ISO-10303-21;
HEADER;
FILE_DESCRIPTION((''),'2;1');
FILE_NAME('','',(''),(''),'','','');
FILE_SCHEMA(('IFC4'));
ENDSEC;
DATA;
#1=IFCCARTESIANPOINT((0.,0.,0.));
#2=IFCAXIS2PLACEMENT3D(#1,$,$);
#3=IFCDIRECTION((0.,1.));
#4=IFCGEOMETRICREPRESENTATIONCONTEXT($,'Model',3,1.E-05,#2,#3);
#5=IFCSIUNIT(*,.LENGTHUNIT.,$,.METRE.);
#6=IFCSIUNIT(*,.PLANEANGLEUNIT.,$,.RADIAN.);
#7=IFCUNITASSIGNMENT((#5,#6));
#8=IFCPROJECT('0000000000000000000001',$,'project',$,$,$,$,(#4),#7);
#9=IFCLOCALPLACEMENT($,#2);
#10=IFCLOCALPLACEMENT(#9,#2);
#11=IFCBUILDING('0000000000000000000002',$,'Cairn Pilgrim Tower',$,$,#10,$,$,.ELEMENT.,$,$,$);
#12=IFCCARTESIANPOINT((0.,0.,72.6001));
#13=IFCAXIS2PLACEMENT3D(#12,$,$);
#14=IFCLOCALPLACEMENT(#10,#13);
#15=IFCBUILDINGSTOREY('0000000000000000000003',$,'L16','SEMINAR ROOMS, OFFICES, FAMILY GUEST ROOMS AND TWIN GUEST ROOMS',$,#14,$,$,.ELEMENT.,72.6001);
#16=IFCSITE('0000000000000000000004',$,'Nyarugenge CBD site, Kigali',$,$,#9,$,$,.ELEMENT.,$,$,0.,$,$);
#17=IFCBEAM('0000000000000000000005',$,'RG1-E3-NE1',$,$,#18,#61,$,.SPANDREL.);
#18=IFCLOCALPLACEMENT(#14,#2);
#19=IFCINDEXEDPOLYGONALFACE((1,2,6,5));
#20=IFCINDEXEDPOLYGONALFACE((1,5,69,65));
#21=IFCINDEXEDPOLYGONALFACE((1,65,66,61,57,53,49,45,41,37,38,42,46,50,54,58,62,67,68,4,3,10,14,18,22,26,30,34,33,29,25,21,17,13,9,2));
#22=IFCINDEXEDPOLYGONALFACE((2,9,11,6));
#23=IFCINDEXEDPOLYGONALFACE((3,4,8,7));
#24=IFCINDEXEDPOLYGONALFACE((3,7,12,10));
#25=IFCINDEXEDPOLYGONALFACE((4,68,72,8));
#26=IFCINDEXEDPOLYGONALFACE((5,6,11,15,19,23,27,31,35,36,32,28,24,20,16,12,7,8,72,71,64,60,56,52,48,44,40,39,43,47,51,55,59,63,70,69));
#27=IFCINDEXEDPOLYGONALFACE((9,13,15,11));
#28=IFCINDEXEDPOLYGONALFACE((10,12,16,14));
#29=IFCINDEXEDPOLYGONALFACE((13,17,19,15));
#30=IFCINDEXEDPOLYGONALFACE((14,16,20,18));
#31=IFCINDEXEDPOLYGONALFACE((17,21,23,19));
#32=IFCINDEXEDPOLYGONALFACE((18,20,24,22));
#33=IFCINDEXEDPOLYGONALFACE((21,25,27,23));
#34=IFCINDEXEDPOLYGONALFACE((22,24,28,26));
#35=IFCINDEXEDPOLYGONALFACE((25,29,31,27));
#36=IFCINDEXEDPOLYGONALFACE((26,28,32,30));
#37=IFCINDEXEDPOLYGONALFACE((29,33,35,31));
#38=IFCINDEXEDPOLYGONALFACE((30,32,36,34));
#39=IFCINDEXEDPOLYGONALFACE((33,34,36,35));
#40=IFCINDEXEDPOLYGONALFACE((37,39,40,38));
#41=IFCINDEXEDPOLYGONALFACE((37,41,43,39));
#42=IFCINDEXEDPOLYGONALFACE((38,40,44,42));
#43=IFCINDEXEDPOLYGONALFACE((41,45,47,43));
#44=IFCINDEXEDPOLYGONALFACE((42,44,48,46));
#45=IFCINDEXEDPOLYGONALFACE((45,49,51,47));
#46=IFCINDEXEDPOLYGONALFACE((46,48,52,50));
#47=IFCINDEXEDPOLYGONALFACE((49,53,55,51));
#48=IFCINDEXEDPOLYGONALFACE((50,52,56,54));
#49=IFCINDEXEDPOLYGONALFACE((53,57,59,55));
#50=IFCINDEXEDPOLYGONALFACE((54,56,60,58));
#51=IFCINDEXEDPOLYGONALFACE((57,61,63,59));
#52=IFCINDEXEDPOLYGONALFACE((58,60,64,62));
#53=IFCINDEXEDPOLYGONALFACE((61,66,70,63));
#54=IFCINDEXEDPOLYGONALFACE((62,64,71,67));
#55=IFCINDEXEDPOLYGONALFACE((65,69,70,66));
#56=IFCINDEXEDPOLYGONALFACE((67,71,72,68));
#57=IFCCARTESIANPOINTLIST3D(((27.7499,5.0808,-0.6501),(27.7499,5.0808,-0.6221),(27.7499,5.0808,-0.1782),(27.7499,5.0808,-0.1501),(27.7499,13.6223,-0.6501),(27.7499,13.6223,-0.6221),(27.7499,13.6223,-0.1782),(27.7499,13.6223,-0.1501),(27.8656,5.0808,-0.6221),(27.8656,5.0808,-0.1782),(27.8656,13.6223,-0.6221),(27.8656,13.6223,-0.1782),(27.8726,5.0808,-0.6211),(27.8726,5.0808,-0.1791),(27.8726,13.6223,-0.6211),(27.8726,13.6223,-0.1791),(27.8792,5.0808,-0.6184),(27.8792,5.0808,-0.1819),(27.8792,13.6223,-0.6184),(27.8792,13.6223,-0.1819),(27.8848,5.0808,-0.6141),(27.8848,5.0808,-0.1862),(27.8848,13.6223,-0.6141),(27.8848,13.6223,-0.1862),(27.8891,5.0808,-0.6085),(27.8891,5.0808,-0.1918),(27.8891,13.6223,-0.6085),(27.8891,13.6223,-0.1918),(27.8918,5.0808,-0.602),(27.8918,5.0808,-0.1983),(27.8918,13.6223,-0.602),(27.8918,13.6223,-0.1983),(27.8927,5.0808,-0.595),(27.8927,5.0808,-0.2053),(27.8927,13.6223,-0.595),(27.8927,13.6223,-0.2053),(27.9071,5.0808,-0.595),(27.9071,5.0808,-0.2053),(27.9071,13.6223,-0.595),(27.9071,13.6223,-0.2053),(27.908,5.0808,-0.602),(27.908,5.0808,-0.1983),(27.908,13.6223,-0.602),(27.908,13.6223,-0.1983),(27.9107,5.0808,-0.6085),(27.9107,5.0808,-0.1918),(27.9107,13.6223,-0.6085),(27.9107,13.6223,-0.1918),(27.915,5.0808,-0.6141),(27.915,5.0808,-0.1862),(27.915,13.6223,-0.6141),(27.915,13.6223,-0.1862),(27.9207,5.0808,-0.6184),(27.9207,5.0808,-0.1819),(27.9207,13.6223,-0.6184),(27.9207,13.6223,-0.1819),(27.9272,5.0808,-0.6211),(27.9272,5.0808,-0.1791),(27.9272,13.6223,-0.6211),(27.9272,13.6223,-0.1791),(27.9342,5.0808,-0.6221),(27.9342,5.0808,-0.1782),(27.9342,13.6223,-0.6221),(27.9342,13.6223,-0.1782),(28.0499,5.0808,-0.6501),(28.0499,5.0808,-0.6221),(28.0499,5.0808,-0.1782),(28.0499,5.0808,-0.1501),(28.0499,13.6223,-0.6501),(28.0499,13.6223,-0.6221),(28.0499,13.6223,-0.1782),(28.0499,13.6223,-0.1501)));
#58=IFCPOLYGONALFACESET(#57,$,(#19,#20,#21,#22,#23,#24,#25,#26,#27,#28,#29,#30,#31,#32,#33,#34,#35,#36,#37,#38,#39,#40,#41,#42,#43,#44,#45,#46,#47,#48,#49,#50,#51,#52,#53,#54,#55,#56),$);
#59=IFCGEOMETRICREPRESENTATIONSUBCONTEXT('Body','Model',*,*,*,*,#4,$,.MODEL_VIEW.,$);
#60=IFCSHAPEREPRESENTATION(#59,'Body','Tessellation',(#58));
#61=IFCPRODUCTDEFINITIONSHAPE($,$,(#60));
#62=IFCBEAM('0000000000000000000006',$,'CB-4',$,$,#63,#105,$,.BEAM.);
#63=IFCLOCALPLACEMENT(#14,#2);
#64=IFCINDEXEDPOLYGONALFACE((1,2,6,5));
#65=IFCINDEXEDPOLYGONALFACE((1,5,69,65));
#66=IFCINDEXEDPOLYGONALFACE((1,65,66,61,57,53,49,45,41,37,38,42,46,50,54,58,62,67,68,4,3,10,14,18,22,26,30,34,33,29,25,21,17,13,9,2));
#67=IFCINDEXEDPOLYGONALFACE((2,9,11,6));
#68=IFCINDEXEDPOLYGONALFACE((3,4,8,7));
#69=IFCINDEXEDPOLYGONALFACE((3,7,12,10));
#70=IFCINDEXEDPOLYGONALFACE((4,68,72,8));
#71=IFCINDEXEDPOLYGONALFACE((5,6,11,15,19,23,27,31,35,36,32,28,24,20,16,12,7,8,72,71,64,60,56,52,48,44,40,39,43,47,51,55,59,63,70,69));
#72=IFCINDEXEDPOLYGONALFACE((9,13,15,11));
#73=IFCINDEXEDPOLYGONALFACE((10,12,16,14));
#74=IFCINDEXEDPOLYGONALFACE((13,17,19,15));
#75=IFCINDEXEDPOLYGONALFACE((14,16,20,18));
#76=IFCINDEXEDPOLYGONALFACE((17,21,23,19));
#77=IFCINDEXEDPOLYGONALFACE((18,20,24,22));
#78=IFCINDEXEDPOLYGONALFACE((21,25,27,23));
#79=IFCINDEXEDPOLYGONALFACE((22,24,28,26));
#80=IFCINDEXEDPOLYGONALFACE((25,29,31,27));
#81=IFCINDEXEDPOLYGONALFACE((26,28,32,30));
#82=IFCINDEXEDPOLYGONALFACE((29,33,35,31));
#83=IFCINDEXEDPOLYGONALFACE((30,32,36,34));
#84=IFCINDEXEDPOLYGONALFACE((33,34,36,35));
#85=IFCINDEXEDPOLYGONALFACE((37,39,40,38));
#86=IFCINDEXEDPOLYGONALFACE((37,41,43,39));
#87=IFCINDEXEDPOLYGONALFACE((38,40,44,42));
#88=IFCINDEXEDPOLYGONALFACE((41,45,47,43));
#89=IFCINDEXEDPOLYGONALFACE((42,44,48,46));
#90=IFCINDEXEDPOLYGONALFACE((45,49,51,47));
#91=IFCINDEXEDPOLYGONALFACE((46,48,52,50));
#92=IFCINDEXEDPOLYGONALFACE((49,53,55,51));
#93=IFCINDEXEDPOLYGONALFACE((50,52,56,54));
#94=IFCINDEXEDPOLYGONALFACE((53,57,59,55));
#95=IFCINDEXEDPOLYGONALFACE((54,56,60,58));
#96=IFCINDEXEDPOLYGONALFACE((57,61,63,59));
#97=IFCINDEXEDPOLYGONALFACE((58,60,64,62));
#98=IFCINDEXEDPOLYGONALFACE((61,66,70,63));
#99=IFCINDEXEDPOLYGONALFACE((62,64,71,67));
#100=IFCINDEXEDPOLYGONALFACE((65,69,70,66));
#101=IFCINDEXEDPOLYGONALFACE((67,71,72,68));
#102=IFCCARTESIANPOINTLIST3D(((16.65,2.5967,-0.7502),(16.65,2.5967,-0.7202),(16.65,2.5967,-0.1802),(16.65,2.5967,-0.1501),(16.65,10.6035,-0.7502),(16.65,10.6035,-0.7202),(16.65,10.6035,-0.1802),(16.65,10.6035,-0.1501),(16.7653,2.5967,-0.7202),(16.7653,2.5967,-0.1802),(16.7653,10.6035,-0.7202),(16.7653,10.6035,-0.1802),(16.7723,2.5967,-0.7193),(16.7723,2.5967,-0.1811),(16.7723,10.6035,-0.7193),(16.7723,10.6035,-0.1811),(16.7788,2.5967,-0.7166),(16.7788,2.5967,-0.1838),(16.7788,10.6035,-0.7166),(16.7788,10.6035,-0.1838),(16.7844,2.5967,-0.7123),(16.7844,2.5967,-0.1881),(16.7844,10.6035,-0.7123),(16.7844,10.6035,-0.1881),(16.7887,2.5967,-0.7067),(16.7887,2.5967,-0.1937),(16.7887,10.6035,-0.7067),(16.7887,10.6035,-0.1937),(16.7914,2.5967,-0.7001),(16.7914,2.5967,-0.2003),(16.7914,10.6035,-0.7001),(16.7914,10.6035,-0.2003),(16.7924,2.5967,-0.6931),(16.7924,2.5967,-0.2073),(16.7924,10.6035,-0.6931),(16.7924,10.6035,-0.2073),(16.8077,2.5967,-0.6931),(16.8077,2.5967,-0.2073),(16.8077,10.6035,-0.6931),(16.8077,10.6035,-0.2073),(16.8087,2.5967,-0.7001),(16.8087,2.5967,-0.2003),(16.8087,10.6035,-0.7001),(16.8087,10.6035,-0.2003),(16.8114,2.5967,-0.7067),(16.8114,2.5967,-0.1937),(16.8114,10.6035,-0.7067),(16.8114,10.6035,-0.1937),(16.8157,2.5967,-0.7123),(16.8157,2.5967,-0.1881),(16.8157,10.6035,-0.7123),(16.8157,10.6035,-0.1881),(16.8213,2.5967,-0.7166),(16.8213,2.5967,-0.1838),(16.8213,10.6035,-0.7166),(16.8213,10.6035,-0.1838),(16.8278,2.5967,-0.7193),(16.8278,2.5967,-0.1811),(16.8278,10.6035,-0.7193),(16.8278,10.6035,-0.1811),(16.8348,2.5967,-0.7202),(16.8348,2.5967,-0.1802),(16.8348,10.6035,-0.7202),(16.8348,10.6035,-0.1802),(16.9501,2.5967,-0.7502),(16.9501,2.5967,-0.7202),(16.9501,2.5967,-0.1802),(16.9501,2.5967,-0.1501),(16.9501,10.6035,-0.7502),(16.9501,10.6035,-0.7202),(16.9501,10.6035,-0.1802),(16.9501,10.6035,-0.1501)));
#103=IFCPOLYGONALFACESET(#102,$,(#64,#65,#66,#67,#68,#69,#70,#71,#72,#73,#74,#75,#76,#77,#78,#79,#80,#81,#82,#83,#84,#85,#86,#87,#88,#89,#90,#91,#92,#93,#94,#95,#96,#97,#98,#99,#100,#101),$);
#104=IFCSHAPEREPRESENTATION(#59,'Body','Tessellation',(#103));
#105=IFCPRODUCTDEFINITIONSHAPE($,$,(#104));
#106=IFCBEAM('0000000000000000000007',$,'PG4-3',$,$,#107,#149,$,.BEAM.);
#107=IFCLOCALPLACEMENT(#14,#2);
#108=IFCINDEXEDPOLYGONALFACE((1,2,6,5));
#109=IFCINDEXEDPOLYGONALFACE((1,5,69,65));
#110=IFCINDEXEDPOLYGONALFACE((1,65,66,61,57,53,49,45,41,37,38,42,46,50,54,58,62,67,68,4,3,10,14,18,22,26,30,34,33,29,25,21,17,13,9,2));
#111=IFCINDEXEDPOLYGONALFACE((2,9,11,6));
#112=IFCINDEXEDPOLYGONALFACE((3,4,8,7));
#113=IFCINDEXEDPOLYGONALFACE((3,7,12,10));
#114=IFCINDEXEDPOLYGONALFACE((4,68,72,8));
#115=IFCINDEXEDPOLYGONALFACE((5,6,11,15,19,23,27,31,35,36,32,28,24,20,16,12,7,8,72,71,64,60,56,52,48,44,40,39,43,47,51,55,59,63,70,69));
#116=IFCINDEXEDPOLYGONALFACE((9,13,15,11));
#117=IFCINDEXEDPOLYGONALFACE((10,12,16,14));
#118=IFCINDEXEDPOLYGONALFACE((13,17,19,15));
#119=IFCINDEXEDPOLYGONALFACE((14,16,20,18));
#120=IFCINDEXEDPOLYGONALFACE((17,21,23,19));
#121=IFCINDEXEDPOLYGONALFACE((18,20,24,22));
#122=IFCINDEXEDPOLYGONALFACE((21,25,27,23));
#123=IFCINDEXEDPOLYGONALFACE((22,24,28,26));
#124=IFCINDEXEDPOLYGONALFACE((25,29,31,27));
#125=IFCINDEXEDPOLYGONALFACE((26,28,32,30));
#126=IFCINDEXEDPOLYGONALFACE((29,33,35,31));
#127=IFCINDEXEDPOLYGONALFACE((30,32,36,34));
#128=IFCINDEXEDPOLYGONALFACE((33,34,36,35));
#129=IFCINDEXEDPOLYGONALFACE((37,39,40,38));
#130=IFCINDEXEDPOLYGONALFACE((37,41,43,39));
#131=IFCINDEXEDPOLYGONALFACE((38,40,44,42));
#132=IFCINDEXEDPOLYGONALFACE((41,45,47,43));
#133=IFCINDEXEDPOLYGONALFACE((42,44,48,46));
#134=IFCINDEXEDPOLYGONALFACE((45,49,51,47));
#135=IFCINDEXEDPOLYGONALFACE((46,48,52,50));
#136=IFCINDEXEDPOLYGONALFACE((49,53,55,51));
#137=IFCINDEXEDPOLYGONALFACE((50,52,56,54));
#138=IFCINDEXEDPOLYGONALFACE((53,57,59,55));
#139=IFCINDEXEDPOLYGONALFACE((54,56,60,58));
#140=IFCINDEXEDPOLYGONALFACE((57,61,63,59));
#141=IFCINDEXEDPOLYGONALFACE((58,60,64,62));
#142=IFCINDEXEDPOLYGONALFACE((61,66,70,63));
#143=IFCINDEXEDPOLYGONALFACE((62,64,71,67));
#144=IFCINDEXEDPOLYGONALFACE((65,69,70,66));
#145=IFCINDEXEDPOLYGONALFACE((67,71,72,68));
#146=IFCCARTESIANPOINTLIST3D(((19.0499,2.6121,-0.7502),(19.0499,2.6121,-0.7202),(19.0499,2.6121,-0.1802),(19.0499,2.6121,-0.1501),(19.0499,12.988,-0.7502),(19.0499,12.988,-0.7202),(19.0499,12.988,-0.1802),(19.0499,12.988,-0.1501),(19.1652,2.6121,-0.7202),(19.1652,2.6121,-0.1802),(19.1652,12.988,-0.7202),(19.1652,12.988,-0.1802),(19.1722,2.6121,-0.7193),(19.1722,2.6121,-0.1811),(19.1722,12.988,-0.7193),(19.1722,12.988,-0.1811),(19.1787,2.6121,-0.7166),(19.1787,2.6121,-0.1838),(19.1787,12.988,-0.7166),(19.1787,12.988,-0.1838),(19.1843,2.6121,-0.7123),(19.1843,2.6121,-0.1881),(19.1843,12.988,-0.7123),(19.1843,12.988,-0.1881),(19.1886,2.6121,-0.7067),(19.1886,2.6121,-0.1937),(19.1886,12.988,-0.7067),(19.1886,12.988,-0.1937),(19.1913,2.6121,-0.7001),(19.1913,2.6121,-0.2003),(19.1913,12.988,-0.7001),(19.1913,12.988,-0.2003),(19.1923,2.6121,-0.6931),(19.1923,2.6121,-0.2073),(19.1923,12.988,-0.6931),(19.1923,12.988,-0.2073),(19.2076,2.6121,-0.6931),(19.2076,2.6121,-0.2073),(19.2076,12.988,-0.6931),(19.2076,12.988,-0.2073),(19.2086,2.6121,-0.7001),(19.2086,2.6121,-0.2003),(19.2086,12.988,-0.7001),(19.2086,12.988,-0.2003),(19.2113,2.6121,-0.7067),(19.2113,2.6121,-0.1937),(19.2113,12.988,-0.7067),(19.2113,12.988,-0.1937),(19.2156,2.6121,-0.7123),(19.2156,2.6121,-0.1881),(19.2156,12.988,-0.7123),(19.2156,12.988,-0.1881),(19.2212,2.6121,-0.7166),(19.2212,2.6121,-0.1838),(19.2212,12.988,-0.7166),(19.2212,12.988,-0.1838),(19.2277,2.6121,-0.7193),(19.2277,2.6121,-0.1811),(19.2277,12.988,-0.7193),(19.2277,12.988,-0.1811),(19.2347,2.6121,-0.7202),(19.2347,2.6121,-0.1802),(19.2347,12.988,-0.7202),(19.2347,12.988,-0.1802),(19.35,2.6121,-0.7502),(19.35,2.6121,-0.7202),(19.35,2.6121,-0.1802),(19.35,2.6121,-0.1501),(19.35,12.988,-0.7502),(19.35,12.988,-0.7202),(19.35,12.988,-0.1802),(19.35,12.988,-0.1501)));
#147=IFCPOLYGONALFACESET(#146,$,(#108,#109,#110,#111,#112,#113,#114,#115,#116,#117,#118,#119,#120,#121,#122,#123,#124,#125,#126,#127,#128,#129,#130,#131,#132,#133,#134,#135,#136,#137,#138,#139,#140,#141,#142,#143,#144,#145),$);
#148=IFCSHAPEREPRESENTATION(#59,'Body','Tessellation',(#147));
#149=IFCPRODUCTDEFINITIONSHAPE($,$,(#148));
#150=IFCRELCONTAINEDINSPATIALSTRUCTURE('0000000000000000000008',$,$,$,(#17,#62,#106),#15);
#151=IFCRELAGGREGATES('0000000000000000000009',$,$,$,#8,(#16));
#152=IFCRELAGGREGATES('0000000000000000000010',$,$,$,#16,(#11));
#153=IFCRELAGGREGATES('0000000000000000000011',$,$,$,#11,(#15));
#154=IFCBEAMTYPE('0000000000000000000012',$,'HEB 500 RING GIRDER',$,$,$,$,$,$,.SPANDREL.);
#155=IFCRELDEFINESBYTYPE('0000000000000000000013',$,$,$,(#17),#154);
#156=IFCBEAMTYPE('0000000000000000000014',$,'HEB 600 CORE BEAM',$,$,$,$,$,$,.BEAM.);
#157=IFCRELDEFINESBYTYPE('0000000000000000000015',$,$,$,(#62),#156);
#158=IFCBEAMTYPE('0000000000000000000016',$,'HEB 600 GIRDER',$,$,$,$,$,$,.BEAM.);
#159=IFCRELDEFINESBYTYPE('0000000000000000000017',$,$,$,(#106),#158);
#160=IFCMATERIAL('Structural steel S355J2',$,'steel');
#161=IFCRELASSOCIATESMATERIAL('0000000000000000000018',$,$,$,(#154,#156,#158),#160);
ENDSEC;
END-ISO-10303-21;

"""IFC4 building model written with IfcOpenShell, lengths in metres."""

from ifc_helpers import new_model, si_unit, direction, frame, origin, origin_2d, place, context, subcontext, project, spatial, i_section, extrude, material, material_profile, profile_set, type_object, element, save


model = new_model("IFC4")

# Units and contexts
model_context = context("Model", 3, precision=1e-05, world=origin(), true_north=direction((0.0, 1.0)))
body_context = subcontext(model_context, "Body", "Model", "MODEL_VIEW")
ifc_project = project(units=[si_unit("LENGTHUNIT", "METRE"), si_unit("PLANEANGLEUNIT", "RADIAN")], contexts=[model_context])

# Site, building, storey
site_placement = place(None, origin())
site = spatial("IfcSite", under=ifc_project, at=site_placement, Name="Nyarugenge CBD site, Kigali", CompositionType="ELEMENT", RefElevation=0.0)
building_placement = place(site_placement, origin())
building = spatial("IfcBuilding", under=site, at=building_placement, Name="Cairn Pilgrim Tower", CompositionType="ELEMENT")
storey_placement = place(building_placement, frame((0.0, 0.0, 72.6001)))
storey = spatial("IfcBuildingStorey", under=building, at=storey_placement, Name="L16", Description="SEMINAR ROOMS, OFFICES, FAMILY GUEST ROOMS AND TWIN GUEST ROOMS", CompositionType="ELEMENT", Elevation=72.6001)

# Beams
ifc_material_1 = material(Name="Structural steel S355J2", Category="steel")
ifc_material_profile_1 = material_profile(ifc_material_1, i_section(OverallWidth=0.3, OverallDepth=0.5, WebThickness=0.0144, FlangeThickness=0.0281, FilletRadius=0.0271, at=origin_2d()), Name="HEB 500")
ifc_profile_set_1 = profile_set([ifc_material_profile_1], Name="Structural steel S355J2")
beam_type_1 = type_object("IfcBeamType", Name="HEB 500 RING GIRDER", PredefinedType="SPANDREL", material=ifc_profile_set_1)
beam_1_placement = place(storey_placement, frame((27.8999, 5.0808, -0.4001), z_axis=(0.0, 1.0, 0.0), x_axis=(-1.0, 0.0, 0.0)))
element("IfcBeam", 1, at=beam_1_placement, inside=storey, type_object=beam_type_1, Name="RG1-E3-NE1", PredefinedType="SPANDREL", context=body_context, shape_type="SweptSolid", body=[
    extrude(i_section(OverallWidth=0.3, OverallDepth=0.5, WebThickness=0.0144, FlangeThickness=0.0281, FilletRadius=0.0271, at=origin_2d()), origin(), (0.0, 0.0, 1.0), 8.5415),
])
ifc_material_profile_2 = material_profile(ifc_material_1, i_section(OverallWidth=0.3, OverallDepth=0.6001, WebThickness=0.0154, FlangeThickness=0.03, FilletRadius=0.0271, at=origin_2d()), Name="HEB 600")
ifc_profile_set_2 = profile_set([ifc_material_profile_2], Name="Structural steel S355J2")
beam_type_2 = type_object("IfcBeamType", Name="HEB 600 CORE BEAM", PredefinedType="BEAM", material=ifc_profile_set_2)
beam_2_placement = place(storey_placement, frame((16.8, 2.5967, -0.4502), z_axis=(0.0, 1.0, 0.0), x_axis=(-1.0, 0.0, 0.0)))
element("IfcBeam", 2, at=beam_2_placement, inside=storey, type_object=beam_type_2, Name="CB-4", PredefinedType="BEAM", context=body_context, shape_type="SweptSolid", body=[
    extrude(i_section(OverallWidth=0.3, OverallDepth=0.6001, WebThickness=0.0154, FlangeThickness=0.03, FilletRadius=0.0271, at=origin_2d()), origin(), (0.0, 0.0, 1.0), 8.0068),
])
ifc_material_profile_3 = material_profile(ifc_material_1, i_section(OverallWidth=0.3, OverallDepth=0.6001, WebThickness=0.0154, FlangeThickness=0.03, FilletRadius=0.0271, at=origin_2d()), Name="HEB 600")
ifc_profile_set_3 = profile_set([ifc_material_profile_3], Name="Structural steel S355J2")
beam_type_3 = type_object("IfcBeamType", Name="HEB 600 GIRDER", PredefinedType="BEAM", material=ifc_profile_set_3)
beam_3_placement = place(storey_placement, frame((19.2, 2.6121, -0.4502), z_axis=(0.0, 1.0, 0.0), x_axis=(-1.0, 0.0, 0.0)))
element("IfcBeam", 3, at=beam_3_placement, inside=storey, type_object=beam_type_3, Name="PG4-3", PredefinedType="BEAM", context=body_context, shape_type="SweptSolid", body=[
    extrude(i_section(OverallWidth=0.3, OverallDepth=0.6001, WebThickness=0.0154, FlangeThickness=0.03, FilletRadius=0.0271, at=origin_2d()), origin(), (0.0, 0.0, 1.0), 10.376),
])

save(model, "model.ifc")
